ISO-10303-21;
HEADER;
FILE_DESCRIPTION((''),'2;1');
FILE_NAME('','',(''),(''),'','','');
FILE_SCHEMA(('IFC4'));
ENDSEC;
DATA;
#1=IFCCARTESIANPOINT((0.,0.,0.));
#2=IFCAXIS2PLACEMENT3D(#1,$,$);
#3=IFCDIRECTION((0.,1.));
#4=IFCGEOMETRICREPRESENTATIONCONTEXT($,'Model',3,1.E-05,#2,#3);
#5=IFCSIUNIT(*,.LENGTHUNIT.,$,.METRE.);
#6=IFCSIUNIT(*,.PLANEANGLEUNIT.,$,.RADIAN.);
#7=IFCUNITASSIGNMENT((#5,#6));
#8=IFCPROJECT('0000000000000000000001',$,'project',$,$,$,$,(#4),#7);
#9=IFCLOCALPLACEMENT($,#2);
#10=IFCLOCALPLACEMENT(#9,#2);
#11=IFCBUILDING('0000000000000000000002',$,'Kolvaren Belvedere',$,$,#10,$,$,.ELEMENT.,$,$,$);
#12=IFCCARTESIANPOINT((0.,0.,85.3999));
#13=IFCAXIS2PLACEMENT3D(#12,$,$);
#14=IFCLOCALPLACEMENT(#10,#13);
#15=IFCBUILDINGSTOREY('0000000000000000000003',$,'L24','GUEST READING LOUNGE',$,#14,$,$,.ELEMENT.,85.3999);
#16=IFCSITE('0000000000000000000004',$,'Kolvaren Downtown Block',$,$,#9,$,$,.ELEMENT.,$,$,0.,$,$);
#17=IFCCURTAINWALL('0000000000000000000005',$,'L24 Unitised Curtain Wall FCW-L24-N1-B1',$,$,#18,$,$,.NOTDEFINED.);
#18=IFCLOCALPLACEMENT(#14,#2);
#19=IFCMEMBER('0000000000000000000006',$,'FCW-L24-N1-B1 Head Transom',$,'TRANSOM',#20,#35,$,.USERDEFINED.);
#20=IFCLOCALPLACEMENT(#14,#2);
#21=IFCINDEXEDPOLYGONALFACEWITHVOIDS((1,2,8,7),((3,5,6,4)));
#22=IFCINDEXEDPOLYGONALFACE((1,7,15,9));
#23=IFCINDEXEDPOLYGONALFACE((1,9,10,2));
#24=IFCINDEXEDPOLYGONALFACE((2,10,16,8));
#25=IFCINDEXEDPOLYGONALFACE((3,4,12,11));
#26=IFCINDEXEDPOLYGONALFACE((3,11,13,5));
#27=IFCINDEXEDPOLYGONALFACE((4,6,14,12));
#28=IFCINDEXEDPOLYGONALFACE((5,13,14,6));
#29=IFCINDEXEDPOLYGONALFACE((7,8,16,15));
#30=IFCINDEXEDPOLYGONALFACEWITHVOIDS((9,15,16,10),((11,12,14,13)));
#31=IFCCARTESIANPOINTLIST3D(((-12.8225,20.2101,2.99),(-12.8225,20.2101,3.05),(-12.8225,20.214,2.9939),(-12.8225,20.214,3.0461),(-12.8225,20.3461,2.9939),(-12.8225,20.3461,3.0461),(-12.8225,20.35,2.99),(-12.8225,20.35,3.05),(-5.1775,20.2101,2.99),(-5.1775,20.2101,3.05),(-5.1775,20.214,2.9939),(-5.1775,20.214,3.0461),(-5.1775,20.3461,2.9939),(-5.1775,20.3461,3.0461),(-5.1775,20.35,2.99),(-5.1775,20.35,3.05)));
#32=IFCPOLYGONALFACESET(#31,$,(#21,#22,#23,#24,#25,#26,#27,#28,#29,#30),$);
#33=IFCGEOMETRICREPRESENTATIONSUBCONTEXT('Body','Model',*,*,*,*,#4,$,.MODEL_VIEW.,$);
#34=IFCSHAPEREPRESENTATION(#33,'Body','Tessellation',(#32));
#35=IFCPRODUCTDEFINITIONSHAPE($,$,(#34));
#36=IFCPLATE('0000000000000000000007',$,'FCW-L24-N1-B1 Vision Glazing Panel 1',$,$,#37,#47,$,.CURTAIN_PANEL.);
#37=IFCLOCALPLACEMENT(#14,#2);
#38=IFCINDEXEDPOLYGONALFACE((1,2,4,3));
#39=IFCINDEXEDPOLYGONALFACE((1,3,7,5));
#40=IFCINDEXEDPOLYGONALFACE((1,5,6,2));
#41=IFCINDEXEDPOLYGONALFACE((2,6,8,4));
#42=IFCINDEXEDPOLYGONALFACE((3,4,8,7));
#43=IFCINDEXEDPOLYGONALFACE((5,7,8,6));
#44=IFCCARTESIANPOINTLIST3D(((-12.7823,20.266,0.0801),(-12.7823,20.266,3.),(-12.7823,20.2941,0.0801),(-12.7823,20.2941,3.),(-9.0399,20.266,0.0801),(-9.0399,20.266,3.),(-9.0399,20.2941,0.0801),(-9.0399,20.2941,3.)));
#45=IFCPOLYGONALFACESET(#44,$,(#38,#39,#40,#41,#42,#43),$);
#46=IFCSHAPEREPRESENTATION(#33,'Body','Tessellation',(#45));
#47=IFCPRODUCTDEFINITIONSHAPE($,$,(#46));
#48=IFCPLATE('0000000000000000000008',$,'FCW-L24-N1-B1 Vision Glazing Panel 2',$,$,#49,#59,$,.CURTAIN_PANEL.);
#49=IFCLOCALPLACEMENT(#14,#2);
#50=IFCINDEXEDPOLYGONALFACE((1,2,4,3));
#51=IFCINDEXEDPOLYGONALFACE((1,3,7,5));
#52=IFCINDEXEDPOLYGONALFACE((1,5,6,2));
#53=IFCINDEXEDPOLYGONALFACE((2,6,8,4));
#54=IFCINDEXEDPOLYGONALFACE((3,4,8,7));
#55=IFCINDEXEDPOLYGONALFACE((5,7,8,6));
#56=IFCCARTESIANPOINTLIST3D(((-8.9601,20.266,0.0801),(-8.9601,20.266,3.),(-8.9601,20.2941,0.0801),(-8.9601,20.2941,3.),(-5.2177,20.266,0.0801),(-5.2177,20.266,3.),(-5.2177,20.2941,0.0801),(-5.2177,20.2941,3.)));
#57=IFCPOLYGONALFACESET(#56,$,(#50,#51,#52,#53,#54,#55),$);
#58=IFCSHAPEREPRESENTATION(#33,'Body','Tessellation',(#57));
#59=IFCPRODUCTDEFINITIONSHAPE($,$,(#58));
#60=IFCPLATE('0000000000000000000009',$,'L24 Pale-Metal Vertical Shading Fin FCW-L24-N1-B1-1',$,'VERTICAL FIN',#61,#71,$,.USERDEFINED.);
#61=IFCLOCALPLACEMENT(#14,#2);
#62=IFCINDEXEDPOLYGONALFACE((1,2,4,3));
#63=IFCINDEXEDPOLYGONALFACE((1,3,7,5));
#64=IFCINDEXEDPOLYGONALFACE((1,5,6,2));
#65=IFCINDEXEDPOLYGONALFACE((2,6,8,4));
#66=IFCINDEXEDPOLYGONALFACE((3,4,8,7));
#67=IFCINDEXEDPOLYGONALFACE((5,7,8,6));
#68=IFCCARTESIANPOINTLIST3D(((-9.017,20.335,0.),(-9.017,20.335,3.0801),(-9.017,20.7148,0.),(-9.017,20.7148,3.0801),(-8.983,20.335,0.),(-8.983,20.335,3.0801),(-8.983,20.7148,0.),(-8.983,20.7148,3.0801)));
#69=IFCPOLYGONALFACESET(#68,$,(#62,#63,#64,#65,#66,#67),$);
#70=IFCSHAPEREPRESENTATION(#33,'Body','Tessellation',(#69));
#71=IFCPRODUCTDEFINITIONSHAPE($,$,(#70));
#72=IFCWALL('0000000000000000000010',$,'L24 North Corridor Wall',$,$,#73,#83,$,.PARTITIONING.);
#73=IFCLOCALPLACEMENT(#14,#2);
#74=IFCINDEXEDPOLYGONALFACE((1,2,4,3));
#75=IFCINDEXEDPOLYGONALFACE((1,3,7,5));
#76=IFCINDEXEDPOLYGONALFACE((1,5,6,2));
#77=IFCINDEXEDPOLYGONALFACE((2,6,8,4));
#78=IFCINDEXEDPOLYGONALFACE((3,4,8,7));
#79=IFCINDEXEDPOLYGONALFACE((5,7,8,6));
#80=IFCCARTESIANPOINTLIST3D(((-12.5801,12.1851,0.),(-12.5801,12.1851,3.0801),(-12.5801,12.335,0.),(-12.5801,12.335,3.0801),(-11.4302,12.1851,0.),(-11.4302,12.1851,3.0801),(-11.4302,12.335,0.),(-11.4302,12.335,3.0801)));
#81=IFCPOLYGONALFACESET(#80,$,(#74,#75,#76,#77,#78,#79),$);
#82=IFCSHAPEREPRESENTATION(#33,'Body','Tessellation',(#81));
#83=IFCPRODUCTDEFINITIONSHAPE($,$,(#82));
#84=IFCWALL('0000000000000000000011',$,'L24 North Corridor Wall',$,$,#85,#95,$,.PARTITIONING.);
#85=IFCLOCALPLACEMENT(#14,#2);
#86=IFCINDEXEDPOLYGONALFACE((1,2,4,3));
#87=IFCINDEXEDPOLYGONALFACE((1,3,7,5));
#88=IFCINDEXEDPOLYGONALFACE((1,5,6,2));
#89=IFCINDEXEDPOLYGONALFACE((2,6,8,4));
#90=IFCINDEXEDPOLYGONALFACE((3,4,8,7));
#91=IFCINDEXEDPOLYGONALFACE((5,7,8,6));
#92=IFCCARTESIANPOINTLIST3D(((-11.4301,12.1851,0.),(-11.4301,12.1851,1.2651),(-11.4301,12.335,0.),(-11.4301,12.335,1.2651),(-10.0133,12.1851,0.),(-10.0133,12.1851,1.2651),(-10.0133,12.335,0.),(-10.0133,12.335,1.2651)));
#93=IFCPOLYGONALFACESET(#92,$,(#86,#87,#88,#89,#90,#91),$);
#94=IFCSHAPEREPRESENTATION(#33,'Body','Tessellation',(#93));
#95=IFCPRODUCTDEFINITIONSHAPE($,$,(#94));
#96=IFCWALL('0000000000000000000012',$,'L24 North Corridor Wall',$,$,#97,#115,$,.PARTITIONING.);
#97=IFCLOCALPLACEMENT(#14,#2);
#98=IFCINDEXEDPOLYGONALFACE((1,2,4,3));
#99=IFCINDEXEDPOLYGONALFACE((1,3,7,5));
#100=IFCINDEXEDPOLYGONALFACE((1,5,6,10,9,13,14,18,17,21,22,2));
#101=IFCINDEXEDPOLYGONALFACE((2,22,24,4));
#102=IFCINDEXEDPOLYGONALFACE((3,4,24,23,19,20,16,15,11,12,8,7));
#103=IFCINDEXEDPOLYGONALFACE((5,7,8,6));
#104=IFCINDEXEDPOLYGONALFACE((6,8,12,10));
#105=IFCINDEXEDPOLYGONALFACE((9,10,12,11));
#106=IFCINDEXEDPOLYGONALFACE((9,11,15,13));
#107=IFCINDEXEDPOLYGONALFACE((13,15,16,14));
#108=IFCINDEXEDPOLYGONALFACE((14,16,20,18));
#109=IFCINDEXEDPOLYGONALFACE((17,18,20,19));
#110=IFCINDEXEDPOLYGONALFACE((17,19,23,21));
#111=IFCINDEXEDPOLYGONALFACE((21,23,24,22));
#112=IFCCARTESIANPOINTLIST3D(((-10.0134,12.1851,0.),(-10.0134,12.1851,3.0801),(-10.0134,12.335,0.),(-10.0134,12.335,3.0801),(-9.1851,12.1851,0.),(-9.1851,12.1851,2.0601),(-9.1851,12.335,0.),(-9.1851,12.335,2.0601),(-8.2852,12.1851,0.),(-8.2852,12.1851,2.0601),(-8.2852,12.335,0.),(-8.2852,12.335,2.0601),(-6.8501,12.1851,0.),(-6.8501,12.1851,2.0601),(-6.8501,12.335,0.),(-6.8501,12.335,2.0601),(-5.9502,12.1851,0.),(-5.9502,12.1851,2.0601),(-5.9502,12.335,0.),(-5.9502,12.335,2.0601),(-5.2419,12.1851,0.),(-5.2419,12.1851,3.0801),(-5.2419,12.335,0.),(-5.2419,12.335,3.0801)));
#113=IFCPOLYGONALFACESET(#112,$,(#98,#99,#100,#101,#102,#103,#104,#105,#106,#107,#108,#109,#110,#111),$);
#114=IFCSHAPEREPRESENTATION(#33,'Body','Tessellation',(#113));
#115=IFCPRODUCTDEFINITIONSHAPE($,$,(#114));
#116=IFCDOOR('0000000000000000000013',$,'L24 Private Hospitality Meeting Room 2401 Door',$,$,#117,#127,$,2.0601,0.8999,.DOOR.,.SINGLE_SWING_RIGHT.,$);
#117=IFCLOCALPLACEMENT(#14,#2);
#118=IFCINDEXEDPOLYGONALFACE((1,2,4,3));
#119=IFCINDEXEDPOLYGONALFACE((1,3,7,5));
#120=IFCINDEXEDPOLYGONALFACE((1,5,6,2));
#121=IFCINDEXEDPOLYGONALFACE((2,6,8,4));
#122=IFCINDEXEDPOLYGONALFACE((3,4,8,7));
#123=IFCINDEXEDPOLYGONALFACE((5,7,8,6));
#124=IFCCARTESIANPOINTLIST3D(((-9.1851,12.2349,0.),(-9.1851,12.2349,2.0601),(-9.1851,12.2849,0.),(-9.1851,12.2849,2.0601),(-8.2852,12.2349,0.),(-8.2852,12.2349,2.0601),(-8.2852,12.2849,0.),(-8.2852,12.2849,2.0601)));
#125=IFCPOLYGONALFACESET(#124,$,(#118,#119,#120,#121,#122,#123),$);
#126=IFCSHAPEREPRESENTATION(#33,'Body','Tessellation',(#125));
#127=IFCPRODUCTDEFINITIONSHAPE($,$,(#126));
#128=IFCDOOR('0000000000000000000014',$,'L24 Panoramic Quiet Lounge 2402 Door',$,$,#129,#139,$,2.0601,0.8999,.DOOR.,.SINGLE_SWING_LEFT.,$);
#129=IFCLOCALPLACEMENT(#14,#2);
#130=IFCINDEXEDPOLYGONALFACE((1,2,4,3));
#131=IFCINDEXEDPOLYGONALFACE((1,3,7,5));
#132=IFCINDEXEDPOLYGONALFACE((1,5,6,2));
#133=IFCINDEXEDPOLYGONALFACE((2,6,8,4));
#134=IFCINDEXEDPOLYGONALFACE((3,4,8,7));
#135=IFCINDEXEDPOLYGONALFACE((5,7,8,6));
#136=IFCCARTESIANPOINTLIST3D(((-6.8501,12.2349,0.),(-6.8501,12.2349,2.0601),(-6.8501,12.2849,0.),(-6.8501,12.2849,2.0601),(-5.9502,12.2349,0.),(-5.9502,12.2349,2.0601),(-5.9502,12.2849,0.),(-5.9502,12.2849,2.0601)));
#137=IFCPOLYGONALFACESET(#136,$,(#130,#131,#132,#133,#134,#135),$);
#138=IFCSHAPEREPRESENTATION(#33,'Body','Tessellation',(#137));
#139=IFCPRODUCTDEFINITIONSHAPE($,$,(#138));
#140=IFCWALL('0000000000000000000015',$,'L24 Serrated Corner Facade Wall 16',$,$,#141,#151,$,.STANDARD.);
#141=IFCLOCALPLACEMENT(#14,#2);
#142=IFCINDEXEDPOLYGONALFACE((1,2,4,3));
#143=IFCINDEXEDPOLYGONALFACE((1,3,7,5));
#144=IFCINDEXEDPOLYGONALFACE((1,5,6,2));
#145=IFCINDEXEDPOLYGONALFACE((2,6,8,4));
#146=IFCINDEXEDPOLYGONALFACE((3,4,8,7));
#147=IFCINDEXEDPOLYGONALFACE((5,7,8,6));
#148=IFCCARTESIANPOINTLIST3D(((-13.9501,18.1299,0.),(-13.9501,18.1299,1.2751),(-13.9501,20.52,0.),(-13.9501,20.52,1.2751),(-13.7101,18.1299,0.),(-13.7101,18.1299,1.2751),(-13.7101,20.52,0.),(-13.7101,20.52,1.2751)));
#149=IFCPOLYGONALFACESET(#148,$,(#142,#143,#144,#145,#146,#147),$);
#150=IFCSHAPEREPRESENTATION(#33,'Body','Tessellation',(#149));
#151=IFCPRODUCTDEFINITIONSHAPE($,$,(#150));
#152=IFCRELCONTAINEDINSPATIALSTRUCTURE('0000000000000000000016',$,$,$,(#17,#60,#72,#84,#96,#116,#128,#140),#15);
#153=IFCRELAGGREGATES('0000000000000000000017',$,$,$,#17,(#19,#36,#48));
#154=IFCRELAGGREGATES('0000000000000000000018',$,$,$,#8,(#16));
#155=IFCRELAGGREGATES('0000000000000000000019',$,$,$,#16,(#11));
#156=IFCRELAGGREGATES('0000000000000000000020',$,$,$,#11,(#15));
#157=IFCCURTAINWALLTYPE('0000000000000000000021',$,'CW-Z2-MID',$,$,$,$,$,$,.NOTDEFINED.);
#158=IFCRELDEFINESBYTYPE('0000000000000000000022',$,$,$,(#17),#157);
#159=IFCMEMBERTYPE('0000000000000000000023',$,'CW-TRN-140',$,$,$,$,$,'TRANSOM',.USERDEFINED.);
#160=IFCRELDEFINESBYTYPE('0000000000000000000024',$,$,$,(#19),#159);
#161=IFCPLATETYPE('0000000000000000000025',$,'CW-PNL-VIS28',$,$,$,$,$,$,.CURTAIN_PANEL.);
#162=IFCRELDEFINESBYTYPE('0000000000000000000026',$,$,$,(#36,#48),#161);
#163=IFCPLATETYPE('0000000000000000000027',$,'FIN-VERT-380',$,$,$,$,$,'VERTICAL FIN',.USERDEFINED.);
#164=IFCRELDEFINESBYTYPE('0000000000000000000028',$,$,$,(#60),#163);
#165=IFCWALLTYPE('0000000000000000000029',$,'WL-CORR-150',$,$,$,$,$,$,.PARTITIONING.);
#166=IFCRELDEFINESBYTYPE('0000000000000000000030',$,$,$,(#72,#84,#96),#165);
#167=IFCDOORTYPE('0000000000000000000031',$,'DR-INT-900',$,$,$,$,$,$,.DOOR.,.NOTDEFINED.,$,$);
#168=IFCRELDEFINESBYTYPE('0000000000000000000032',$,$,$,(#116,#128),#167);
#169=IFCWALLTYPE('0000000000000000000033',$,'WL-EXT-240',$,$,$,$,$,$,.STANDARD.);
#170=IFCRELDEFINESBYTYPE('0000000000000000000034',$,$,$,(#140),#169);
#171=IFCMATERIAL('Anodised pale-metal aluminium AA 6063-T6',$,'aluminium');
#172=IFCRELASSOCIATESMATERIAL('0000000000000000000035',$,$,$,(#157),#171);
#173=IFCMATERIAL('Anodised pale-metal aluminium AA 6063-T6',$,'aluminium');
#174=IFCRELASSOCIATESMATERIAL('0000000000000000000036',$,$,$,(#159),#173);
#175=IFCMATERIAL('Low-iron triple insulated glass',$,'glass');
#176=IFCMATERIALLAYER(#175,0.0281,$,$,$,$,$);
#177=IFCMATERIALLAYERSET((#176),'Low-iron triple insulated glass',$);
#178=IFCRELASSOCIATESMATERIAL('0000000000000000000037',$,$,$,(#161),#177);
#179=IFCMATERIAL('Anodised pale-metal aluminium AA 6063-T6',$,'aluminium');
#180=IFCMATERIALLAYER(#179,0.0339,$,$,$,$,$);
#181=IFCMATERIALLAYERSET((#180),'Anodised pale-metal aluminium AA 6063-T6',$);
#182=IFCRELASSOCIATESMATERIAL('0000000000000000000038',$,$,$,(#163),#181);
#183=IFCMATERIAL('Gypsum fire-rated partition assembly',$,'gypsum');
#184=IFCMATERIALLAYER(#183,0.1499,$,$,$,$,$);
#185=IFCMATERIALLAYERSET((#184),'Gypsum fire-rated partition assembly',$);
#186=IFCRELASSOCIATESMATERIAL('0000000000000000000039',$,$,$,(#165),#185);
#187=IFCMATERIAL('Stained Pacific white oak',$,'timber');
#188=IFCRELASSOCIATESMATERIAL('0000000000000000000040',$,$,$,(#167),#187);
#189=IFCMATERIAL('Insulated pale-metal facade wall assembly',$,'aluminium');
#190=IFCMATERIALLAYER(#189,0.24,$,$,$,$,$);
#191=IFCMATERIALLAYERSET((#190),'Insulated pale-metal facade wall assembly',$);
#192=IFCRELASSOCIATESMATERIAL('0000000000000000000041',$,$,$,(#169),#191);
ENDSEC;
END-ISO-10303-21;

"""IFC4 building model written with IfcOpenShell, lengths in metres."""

from ifc_helpers import new_model, si_unit, direction, frame, frame_2d, origin, origin_2d, place, context, subcontext, project, spatial, rectangle, hollow_rectangle, extrude, material, layer, layer_set, material_profile, profile_set, type_object, element, fill, aggregate, save


model = new_model("IFC4")

# Units and contexts
model_context = context("Model", 3, precision=1e-05, world=origin(), true_north=direction((0.0, 1.0)))
body_context = subcontext(model_context, "Body", "Model", "MODEL_VIEW")
ifc_project = project(units=[si_unit("LENGTHUNIT", "METRE"), si_unit("PLANEANGLEUNIT", "RADIAN")], contexts=[model_context])

# Site, building, storey
site_placement = place(None, origin())
site = spatial("IfcSite", under=ifc_project, at=site_placement, Name="Kolvaren Downtown Block", CompositionType="ELEMENT", RefElevation=0.0)
building_placement = place(site_placement, origin())
building = spatial("IfcBuilding", under=site, at=building_placement, Name="Kolvaren Belvedere", CompositionType="ELEMENT")
storey_placement = place(building_placement, frame((0.0, 0.0, 85.3999)))
storey = spatial("IfcBuildingStorey", under=building, at=storey_placement, Name="L24", Description="GUEST READING LOUNGE", CompositionType="ELEMENT", Elevation=85.3999)

# Curtain wall
ifc_material_1 = material(Name="Anodised pale-metal aluminium AA 6063-T6", Category="aluminium")
curtain_wall_type = type_object("IfcCurtainWallType", Name="CW-Z2-MID", PredefinedType="NOTDEFINED", material=ifc_material_1)
curtain_wall_1_placement = place(storey_placement, origin())
curtain_wall_1 = element("IfcCurtainWall", 1, at=curtain_wall_1_placement, inside=storey, type_object=curtain_wall_type, Name="L24 Unitised Curtain Wall FCW-L24-N1-B1", PredefinedType="NOTDEFINED")

# Member
ifc_material_2 = material(Name="Anodised pale-metal aluminium AA 6063-T6", Category="aluminium")
ifc_material_profile_1 = material_profile(ifc_material_2, hollow_rectangle(XDim=0.0601, YDim=0.1399, WallThickness=0.0039, at=origin_2d()), Name="ALU-TRN-140X60")
ifc_profile_set_1 = profile_set([ifc_material_profile_1], Name="Anodised pale-metal aluminium AA 6063-T6")
member_type_1 = type_object("IfcMemberType", Name="CW-TRN-140", ElementType="TRANSOM", PredefinedType="USERDEFINED", material=ifc_profile_set_1)
member_1_placement = place(storey_placement, frame((-12.8225, 20.28, 3.02), z_axis=(1.0, 0.0, 0.0), x_axis=(0.0, 0.0, 1.0)))
member_1 = element("IfcMember", 2, at=member_1_placement, type_object=member_type_1, Name="FCW-L24-N1-B1 Head Transom", ObjectType="TRANSOM", PredefinedType="USERDEFINED", context=body_context, shape_type="SweptSolid", body=[
    extrude(hollow_rectangle(XDim=0.0601, YDim=0.1399, WallThickness=0.0039, at=origin_2d()), origin(), (0.0, 0.0, 1.0), 7.645),
])

# Plates
ifc_material_3 = material(Name="Low-iron triple insulated glass", Category="glass")
ifc_layer_1 = layer(ifc_material_3, 0.0281)
ifc_layer_set_1 = layer_set([ifc_layer_1], Name="Low-iron triple insulated glass")
plate_type_1 = type_object("IfcPlateType", Name="CW-PNL-VIS28", PredefinedType="CURTAIN_PANEL", material=ifc_layer_set_1)
plate_1_placement = place(storey_placement, frame((-10.9111, 20.28, 0.0801), z_axis=(0.0, 0.0, 1.0), x_axis=(1.0, 0.0, 0.0)))
plate_1 = element("IfcPlate", 3, at=plate_1_placement, type_object=plate_type_1, Name="FCW-L24-N1-B1 Vision Glazing Panel 1", PredefinedType="CURTAIN_PANEL", context=body_context, shape_type="SweptSolid", body=[
    extrude(rectangle(XDim=3.7424, YDim=0.0281, at=origin_2d()), origin(), (0.0, 0.0, 1.0), 2.9199),
])
plate_2_placement = place(storey_placement, frame((-7.0889, 20.28, 0.0801), z_axis=(0.0, 0.0, 1.0), x_axis=(1.0, 0.0, 0.0)))
plate_2 = element("IfcPlate", 4, at=plate_2_placement, type_object=plate_type_1, Name="FCW-L24-N1-B1 Vision Glazing Panel 2", PredefinedType="CURTAIN_PANEL", context=body_context, shape_type="SweptSolid", body=[
    extrude(rectangle(XDim=3.7424, YDim=0.0281, at=origin_2d()), origin(), (0.0, 0.0, 1.0), 2.9199),
])
aggregate(curtain_wall_1, [member_1, plate_1, plate_2])
ifc_material_4 = material(Name="Anodised pale-metal aluminium AA 6063-T6", Category="aluminium")
ifc_layer_2 = layer(ifc_material_4, 0.0339)
ifc_layer_set_2 = layer_set([ifc_layer_2], Name="Anodised pale-metal aluminium AA 6063-T6")
plate_type_2 = type_object("IfcPlateType", Name="FIN-VERT-380", ElementType="VERTICAL FIN", PredefinedType="USERDEFINED", material=ifc_layer_set_2)
plate_3_placement = place(storey_placement, frame((-9.0, 20.5249, 0.0), z_axis=(0.0, 0.0, 1.0), x_axis=(0.0, 1.0, 0.0)))
element("IfcPlate", 5, at=plate_3_placement, inside=storey, type_object=plate_type_2, Name="L24 Pale-Metal Vertical Shading Fin FCW-L24-N1-B1-1", ObjectType="VERTICAL FIN", PredefinedType="USERDEFINED", context=body_context, shape_type="SweptSolid", body=[
    extrude(rectangle(XDim=0.3799, YDim=0.0339, at=origin_2d()), origin(), (0.0, 0.0, 1.0), 3.0801),
])

# Walls
ifc_material_5 = material(Name="Gypsum fire-rated partition assembly", Category="gypsum")
ifc_layer_3 = layer(ifc_material_5, 0.1499)
ifc_layer_set_3 = layer_set([ifc_layer_3], Name="Gypsum fire-rated partition assembly")
wall_type_1 = type_object("IfcWallType", Name="WL-CORR-150", PredefinedType="PARTITIONING", material=ifc_layer_set_3)
wall_1_placement = place(storey_placement, frame((-12.5801, 12.26, 0.0), z_axis=(0.0, 0.0, 1.0), x_axis=(1.0, 0.0, 0.0)))
element("IfcWall", 6, at=wall_1_placement, inside=storey, type_object=wall_type_1, Name="L24 North Corridor Wall", PredefinedType="PARTITIONING", context=body_context, shape_type="SweptSolid", body=[
    extrude(rectangle(XDim=1.1499, YDim=0.1499, at=frame_2d((0.575, 0.0))), origin(), (0.0, 0.0, 1.0), 3.0801),
])
wall_2_placement = place(storey_placement, frame((-11.4302, 12.26, 0.0), z_axis=(0.0, 0.0, 1.0), x_axis=(1.0, 0.0, 0.0)))
element("IfcWall", 7, at=wall_2_placement, inside=storey, type_object=wall_type_1, Name="L24 North Corridor Wall", PredefinedType="PARTITIONING", context=body_context, shape_type="SweptSolid", body=[
    extrude(rectangle(XDim=1.4167, YDim=0.1499, at=frame_2d((0.7085, 0.0))), origin(), (0.0, 0.0, 1.0), 1.2651),
])

# Wall, openings, doors
wall_3_placement = place(storey_placement, frame((-10.0134, 12.26, 0.0), z_axis=(0.0, 0.0, 1.0), x_axis=(1.0, 0.0, 0.0)))
wall_3 = element("IfcWall", 8, at=wall_3_placement, inside=storey, type_object=wall_type_1, Name="L24 North Corridor Wall", PredefinedType="PARTITIONING", context=body_context, shape_type="SweptSolid", body=[
    extrude(rectangle(XDim=4.7715, YDim=0.1499, at=frame_2d((2.3857, 0.0))), origin(), (0.0, 0.0, 1.0), 3.0801),
])
opening_1_placement = place(wall_3_placement, frame((0.8284, 0.0, 0.0)))
opening_1 = element("IfcOpeningElement", 9, at=opening_1_placement, cuts=wall_3, PredefinedType="OPENING", context=body_context, shape_type="SweptSolid", body=[
    extrude(rectangle(XDim=0.8999, YDim=2.0601, at=frame_2d((0.45, 1.03))), frame((0.0, 0.085, 0.0), z_axis=(0.0, -1.0, 0.0), x_axis=(1.0, 0.0, 0.0)), (0.0, 0.0, 1.0), 0.1699),
])
opening_2_placement = place(wall_3_placement, frame((3.1633, 0.0, 0.0)))
opening_2 = element("IfcOpeningElement", 10, at=opening_2_placement, cuts=wall_3, PredefinedType="OPENING", context=body_context, shape_type="SweptSolid", body=[
    extrude(rectangle(XDim=0.8999, YDim=2.0601, at=frame_2d((0.45, 1.03))), frame((0.0, 0.085, 0.0), z_axis=(0.0, -1.0, 0.0), x_axis=(1.0, 0.0, 0.0)), (0.0, 0.0, 1.0), 0.1699),
])
ifc_material_6 = material(Name="Stained Pacific white oak", Category="timber")
door_type = type_object("IfcDoorType", Name="DR-INT-900", OperationType="NOTDEFINED", PredefinedType="DOOR", material=ifc_material_6)
door_1_placement = place(opening_1_placement, origin())
door_1 = element("IfcDoor", 11, at=door_1_placement, inside=storey, type_object=door_type, Name="L24 Private Hospitality Meeting Room 2401 Door", OperationType="SINGLE_SWING_RIGHT", OverallHeight=2.0601, OverallWidth=0.8999, PredefinedType="DOOR", context=body_context, shape_type="SweptSolid", body=[
    extrude(rectangle(XDim=0.8999, YDim=2.0601, at=frame_2d((0.45, 1.03))), frame((0.0, 0.0249, 0.0), z_axis=(0.0, -1.0, 0.0), x_axis=(1.0, 0.0, 0.0)), (0.0, 0.0, 1.0), 0.05),
])
fill(opening_1, door_1)
door_2_placement = place(opening_2_placement, origin())
door_2 = element("IfcDoor", 12, at=door_2_placement, inside=storey, type_object=door_type, Name="L24 Panoramic Quiet Lounge 2402 Door", OperationType="SINGLE_SWING_LEFT", OverallHeight=2.0601, OverallWidth=0.8999, PredefinedType="DOOR", context=body_context, shape_type="SweptSolid", body=[
    extrude(rectangle(XDim=0.8999, YDim=2.0601, at=frame_2d((0.45, 1.03))), frame((0.0, 0.0249, 0.0), z_axis=(0.0, -1.0, 0.0), x_axis=(1.0, 0.0, 0.0)), (0.0, 0.0, 1.0), 0.05),
])
fill(opening_2, door_2)

# Wall
ifc_material_7 = material(Name="Insulated pale-metal facade wall assembly", Category="aluminium")
ifc_layer_4 = layer(ifc_material_7, 0.24)
ifc_layer_set_4 = layer_set([ifc_layer_4], Name="Insulated pale-metal facade wall assembly")
wall_type_2 = type_object("IfcWallType", Name="WL-EXT-240", PredefinedType="STANDARD", material=ifc_layer_set_4)
wall_4_placement = place(storey_placement, frame((-13.8301, 18.1299, 0.0), z_axis=(0.0, 0.0, 1.0), x_axis=(0.0, 1.0, 0.0)))
element("IfcWall", 13, at=wall_4_placement, inside=storey, type_object=wall_type_2, Name="L24 Serrated Corner Facade Wall 16", PredefinedType="STANDARD", context=body_context, shape_type="SweptSolid", body=[
    extrude(rectangle(XDim=2.3901, YDim=0.24, at=frame_2d((1.1951, 0.0))), origin(), (0.0, 0.0, 1.0), 1.2751),
])

save(model, "model.ifc")
